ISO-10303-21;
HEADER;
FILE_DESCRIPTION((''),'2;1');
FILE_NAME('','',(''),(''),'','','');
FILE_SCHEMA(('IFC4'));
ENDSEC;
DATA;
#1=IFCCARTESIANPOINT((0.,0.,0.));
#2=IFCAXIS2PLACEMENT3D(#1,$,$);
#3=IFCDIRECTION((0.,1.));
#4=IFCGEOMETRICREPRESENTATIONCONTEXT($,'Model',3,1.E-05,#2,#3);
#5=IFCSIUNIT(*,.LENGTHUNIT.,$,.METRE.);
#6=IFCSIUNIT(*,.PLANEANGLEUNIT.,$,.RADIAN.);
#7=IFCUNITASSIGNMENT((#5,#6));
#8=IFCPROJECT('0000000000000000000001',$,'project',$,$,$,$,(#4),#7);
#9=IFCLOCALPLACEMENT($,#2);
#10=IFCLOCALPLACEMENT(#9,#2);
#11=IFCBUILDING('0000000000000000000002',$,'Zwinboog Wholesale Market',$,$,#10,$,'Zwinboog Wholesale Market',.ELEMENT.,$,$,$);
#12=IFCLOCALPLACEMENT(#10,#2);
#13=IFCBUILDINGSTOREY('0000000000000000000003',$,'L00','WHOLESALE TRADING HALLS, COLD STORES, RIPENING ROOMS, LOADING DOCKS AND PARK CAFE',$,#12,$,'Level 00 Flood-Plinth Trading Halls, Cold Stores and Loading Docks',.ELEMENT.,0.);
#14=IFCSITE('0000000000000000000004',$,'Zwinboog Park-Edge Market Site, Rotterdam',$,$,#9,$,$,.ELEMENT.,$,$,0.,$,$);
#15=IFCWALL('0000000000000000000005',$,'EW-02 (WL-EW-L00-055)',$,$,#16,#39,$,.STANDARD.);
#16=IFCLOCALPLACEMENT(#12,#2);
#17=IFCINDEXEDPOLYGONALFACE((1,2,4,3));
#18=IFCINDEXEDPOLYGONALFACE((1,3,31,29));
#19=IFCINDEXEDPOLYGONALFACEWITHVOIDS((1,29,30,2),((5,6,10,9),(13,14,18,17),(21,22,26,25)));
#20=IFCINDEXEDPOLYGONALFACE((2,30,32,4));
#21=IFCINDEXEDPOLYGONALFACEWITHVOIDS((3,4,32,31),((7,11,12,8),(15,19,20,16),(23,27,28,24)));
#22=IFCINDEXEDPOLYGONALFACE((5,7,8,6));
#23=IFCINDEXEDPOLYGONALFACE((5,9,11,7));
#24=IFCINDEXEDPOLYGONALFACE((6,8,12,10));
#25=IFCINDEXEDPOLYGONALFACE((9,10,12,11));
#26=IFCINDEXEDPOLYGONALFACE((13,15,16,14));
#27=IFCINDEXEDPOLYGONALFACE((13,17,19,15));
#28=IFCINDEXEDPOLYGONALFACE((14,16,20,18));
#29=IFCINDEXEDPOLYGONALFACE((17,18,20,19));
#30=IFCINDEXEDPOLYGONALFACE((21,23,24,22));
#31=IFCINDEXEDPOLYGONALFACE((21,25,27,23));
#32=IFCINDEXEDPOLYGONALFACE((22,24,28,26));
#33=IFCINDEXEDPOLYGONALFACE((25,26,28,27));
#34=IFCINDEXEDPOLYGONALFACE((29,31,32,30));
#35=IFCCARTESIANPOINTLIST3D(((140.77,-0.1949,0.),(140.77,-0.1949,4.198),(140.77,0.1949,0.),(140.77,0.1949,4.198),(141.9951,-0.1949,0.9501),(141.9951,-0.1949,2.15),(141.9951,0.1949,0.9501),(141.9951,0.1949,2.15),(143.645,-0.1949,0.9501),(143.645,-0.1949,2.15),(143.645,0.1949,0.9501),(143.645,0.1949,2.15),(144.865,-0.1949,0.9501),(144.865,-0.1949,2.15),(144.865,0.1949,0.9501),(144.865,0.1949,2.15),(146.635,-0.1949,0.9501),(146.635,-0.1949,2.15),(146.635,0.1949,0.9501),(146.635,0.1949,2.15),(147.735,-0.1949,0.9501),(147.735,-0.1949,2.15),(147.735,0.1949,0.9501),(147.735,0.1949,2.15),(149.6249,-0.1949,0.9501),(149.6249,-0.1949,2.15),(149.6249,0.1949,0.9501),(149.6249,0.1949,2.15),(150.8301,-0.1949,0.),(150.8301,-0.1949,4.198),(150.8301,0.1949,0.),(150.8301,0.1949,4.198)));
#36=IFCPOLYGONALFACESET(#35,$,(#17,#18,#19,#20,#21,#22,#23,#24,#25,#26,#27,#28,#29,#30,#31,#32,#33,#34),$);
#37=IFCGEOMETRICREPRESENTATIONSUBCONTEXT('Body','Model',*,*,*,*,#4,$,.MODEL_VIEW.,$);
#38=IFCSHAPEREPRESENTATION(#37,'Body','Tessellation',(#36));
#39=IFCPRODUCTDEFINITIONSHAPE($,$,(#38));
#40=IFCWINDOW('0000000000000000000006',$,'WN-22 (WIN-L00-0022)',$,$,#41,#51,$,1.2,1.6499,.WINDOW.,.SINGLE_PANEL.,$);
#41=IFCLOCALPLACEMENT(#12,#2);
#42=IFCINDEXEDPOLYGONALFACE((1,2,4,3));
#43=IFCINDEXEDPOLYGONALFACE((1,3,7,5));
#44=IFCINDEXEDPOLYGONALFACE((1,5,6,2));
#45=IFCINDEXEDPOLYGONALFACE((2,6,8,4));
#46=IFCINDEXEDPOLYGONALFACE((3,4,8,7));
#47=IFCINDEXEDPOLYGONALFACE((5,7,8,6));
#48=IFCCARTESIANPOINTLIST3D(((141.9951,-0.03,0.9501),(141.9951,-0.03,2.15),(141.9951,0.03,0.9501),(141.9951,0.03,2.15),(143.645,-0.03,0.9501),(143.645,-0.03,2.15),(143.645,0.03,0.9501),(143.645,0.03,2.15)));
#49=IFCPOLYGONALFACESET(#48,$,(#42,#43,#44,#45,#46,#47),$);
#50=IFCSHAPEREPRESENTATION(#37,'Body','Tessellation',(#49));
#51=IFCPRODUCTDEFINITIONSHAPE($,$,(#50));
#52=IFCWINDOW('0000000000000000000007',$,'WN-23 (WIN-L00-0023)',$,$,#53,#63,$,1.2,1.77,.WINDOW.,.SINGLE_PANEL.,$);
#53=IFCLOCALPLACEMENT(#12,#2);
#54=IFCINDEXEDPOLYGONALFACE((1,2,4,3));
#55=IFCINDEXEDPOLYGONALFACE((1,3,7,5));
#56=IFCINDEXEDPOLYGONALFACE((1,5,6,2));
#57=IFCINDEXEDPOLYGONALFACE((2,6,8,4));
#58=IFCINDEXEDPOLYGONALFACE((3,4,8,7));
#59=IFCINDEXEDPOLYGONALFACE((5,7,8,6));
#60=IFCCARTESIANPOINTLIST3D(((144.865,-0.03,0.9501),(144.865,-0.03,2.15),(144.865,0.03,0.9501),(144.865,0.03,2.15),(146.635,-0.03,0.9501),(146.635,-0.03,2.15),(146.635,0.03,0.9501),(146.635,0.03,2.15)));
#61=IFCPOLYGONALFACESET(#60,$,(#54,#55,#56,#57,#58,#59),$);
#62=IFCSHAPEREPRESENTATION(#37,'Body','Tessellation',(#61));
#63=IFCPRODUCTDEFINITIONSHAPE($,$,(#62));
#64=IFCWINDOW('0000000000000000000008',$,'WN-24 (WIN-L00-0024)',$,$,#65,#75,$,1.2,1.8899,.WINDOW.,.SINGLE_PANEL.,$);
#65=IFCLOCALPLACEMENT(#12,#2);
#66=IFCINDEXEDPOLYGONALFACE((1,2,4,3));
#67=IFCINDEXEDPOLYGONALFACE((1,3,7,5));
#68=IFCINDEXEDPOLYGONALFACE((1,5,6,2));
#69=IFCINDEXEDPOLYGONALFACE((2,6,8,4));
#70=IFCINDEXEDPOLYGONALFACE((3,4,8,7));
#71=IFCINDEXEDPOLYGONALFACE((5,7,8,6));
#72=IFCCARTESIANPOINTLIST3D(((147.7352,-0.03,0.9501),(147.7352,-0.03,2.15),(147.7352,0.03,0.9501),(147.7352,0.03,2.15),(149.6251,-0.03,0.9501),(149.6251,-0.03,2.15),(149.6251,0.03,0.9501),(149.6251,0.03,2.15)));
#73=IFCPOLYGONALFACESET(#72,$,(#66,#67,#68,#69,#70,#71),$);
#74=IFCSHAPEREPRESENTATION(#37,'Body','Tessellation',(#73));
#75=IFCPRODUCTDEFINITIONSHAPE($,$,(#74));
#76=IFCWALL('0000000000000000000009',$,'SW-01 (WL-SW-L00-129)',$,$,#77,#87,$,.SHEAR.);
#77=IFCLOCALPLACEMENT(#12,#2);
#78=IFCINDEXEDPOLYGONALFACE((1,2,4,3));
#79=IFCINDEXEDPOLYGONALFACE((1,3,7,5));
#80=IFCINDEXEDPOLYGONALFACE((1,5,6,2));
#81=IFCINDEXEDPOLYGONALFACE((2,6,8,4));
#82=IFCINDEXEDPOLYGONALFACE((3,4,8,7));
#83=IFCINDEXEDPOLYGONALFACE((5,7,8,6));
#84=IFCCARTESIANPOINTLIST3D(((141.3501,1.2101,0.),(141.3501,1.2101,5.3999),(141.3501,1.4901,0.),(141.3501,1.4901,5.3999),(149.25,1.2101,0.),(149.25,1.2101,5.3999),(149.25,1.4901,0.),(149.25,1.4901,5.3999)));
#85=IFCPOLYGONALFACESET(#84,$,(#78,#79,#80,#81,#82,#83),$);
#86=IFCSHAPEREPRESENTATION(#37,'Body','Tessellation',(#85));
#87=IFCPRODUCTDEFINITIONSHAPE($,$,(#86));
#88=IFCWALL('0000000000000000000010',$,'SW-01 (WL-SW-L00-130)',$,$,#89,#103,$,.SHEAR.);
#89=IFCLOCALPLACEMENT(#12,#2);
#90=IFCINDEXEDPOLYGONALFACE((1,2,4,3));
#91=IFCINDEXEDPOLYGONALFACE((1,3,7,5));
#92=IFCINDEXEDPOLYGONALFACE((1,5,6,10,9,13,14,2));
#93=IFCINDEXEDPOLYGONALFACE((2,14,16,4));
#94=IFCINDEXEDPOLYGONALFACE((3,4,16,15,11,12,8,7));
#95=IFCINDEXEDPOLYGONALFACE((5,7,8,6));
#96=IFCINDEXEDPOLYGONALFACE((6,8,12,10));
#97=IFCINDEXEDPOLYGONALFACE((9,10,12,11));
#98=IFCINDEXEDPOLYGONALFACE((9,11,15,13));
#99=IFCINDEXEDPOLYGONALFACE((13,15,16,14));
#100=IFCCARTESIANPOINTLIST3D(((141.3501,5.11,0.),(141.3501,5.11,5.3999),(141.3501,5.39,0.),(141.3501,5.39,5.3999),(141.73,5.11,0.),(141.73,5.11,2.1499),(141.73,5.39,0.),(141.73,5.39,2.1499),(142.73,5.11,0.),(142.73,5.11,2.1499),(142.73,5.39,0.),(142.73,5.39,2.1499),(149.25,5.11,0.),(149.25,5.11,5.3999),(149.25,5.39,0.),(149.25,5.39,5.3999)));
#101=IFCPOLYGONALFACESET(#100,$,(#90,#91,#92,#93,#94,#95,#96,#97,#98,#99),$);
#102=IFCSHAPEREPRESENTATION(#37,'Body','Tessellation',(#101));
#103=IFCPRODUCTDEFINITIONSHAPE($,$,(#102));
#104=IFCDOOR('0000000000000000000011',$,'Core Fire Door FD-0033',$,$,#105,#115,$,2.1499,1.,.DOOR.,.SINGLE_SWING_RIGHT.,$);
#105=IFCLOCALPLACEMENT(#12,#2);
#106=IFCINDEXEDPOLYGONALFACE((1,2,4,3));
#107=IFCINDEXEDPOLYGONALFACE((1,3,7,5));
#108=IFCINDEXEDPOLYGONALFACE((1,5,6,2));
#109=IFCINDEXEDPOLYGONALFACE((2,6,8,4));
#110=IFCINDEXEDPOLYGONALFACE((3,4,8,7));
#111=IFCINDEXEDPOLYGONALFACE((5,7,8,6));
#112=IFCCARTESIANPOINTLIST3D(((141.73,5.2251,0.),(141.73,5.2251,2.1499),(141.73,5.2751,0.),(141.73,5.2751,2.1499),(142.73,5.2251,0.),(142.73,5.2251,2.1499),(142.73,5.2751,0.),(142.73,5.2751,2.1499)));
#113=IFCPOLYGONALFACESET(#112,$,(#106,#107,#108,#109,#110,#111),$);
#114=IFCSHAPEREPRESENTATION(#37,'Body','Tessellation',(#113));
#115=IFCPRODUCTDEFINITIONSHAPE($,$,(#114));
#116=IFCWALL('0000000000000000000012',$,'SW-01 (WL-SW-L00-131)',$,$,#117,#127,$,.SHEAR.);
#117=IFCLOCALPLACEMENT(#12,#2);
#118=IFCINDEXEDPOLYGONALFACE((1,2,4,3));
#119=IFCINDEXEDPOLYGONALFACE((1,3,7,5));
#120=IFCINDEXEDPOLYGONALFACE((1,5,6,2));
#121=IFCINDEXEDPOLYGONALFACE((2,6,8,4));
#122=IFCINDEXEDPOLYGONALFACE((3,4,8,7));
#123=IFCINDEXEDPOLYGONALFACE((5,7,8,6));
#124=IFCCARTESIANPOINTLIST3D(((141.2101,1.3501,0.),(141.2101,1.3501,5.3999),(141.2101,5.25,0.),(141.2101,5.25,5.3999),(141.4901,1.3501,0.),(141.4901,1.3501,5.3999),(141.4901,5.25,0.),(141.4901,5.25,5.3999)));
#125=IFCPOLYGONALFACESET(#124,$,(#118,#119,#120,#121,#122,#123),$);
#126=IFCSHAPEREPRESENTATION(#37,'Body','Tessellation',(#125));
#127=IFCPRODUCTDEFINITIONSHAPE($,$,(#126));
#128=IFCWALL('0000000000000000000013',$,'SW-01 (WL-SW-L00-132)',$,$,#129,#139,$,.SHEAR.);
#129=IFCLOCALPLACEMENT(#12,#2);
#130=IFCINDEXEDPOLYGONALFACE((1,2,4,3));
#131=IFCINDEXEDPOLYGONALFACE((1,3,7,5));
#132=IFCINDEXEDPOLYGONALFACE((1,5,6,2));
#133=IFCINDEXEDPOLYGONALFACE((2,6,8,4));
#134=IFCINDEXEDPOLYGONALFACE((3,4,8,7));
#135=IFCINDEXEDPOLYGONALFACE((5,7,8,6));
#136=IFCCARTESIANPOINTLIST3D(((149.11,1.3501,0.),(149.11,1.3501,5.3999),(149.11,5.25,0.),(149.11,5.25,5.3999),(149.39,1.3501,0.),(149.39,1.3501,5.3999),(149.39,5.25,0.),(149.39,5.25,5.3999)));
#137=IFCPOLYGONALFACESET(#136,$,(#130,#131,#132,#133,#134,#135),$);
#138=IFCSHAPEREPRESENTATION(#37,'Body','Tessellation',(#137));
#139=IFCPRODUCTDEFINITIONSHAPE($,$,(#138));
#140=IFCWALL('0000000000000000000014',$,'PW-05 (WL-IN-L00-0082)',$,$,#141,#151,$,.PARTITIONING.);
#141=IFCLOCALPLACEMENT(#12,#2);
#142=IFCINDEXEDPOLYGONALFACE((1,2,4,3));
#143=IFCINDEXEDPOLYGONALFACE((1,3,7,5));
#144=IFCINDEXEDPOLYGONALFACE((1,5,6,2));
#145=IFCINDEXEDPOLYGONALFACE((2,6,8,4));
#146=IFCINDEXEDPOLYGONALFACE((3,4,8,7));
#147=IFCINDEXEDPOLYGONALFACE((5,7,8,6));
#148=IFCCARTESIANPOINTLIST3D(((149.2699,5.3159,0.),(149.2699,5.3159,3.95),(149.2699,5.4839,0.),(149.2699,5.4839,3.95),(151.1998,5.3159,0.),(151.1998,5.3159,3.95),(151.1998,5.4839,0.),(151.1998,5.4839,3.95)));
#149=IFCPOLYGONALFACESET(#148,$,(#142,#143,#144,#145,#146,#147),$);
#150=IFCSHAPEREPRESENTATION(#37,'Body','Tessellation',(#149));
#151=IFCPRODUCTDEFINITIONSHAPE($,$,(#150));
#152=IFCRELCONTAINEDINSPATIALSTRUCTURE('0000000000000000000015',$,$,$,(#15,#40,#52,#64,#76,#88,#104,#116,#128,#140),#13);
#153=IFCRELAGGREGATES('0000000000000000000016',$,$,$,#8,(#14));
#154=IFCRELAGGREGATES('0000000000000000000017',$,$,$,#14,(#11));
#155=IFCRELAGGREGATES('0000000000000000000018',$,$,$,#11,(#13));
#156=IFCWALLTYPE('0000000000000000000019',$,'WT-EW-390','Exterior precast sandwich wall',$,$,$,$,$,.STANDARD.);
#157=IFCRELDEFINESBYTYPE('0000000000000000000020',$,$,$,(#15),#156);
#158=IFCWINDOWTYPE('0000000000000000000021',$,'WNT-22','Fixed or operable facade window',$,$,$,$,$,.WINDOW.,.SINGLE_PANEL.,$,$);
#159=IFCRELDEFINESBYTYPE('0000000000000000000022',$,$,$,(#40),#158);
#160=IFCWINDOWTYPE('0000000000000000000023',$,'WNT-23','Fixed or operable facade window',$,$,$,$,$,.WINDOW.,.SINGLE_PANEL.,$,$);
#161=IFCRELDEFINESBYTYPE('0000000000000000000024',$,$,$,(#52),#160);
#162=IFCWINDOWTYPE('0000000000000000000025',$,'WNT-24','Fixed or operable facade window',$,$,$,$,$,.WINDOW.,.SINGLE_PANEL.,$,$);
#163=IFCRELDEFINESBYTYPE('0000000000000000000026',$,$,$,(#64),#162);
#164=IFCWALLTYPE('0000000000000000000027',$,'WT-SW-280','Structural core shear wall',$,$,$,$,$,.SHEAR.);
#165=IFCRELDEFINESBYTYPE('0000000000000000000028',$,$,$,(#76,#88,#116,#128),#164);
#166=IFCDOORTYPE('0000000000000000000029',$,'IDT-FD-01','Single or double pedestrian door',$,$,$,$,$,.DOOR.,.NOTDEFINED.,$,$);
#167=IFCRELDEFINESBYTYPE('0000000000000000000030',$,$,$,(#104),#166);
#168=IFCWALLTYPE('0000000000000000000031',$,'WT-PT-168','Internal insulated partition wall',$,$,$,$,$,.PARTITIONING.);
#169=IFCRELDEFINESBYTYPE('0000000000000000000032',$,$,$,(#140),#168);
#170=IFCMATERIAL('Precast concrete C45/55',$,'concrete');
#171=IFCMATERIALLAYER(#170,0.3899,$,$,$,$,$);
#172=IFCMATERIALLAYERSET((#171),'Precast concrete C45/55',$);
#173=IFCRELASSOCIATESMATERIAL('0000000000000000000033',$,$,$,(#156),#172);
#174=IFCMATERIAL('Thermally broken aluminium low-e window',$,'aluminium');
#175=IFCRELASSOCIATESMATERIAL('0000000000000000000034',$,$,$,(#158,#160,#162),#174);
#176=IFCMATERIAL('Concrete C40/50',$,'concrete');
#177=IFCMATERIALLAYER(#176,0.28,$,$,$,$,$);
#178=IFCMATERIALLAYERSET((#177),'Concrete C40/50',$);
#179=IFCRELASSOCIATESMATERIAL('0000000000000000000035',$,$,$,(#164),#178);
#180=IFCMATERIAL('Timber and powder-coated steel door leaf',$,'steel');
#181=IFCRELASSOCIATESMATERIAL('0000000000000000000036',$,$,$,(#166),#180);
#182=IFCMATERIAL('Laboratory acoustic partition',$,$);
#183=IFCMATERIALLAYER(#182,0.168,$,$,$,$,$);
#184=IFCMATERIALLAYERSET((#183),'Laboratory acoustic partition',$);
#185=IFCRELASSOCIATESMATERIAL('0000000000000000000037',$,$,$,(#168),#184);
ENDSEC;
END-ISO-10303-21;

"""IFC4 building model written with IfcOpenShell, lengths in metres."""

from ifc_helpers import new_model, si_unit, direction, frame, frame_2d, origin, place, context, subcontext, project, spatial, rectangle, extrude, material, layer, layer_set, type_object, element, fill, save


model = new_model("IFC4")

# Units and contexts
model_context = context("Model", 3, precision=1e-05, world=origin(), true_north=direction((0.0, 1.0)))
body_context = subcontext(model_context, "Body", "Model", "MODEL_VIEW")
ifc_project = project(units=[si_unit("LENGTHUNIT", "METRE"), si_unit("PLANEANGLEUNIT", "RADIAN")], contexts=[model_context])

# Site, building, storey
site_placement = place(None, origin())
site = spatial("IfcSite", under=ifc_project, at=site_placement, Name="Zwinboog Park-Edge Market Site, Rotterdam", CompositionType="ELEMENT", RefElevation=0.0)
building_placement = place(site_placement, origin())
building = spatial("IfcBuilding", under=site, at=building_placement, Name="Zwinboog Wholesale Market", LongName="Zwinboog Wholesale Market", CompositionType="ELEMENT")
storey_placement = place(building_placement, origin())
storey = spatial("IfcBuildingStorey", under=building, at=storey_placement, Name="L00", Description="WHOLESALE TRADING HALLS, COLD STORES, RIPENING ROOMS, LOADING DOCKS AND PARK CAFE", LongName="Level 00 Flood-Plinth Trading Halls, Cold Stores and Loading Docks", CompositionType="ELEMENT", Elevation=0.0)

# Shared definitions
ifc_material_1 = material(Name="Concrete C40/50", Category="concrete")

# Shared definitions
ifc_material_2 = material(Name="Precast concrete C45/55", Category="concrete")

# Wall, openings, windows
ifc_layer_1 = layer(ifc_material_2, 0.3899)
ifc_layer_set_1 = layer_set([ifc_layer_1], Name="Precast concrete C45/55")
wall_type_1 = type_object("IfcWallType", Name="WT-EW-390", Description="Exterior precast sandwich wall", PredefinedType="STANDARD", material=ifc_layer_set_1)
wall_1_placement = place(storey_placement, frame((140.77, 0.0, 0.0), z_axis=(0.0, 0.0, 1.0), x_axis=(1.0, 0.0, 0.0)))
wall_1 = element("IfcWall", 1, at=wall_1_placement, inside=storey, type_object=wall_type_1, Name="EW-02 (WL-EW-L00-055)", PredefinedType="STANDARD", context=body_context, shape_type="SweptSolid", body=[
    extrude(rectangle(XDim=10.0601, YDim=0.3899, at=frame_2d((5.03, 0.0))), origin(), (0.0, 0.0, 1.0), 4.198),
])
opening_1_placement = place(wall_1_placement, frame((1.2251, 0.0, 0.95)))
opening_1 = element("IfcOpeningElement", 2, at=opening_1_placement, cuts=wall_1, PredefinedType="OPENING", context=body_context, shape_type="SweptSolid", body=[
    extrude(rectangle(XDim=1.6499, YDim=1.2, at=frame_2d((0.825, 0.6001))), frame((0.0, 0.2048, 0.0), z_axis=(0.0, -1.0, 0.0), x_axis=(1.0, 0.0, 0.0)), (0.0, 0.0, 1.0), 0.4099),
])
opening_2_placement = place(wall_1_placement, frame((4.095, 0.0, 0.95)))
opening_2 = element("IfcOpeningElement", 3, at=opening_2_placement, cuts=wall_1, PredefinedType="OPENING", context=body_context, shape_type="SweptSolid", body=[
    extrude(rectangle(XDim=1.77, YDim=1.2, at=frame_2d((0.885, 0.6001))), frame((0.0, 0.2048, 0.0), z_axis=(0.0, -1.0, 0.0), x_axis=(1.0, 0.0, 0.0)), (0.0, 0.0, 1.0), 0.4099),
])
opening_3_placement = place(wall_1_placement, frame((6.9651, 0.0, 0.95)))
opening_3 = element("IfcOpeningElement", 4, at=opening_3_placement, cuts=wall_1, PredefinedType="OPENING", context=body_context, shape_type="SweptSolid", body=[
    extrude(rectangle(XDim=1.8899, YDim=1.2, at=frame_2d((0.9448, 0.6001))), frame((0.0, 0.2048, 0.0), z_axis=(0.0, -1.0, 0.0), x_axis=(1.0, 0.0, 0.0)), (0.0, 0.0, 1.0), 0.4099),
])
ifc_material_3 = material(Name="Thermally broken aluminium low-e window", Category="aluminium")
window_type_1 = type_object("IfcWindowType", Name="WNT-22", Description="Fixed or operable facade window", PartitioningType="SINGLE_PANEL", PredefinedType="WINDOW", material=ifc_material_3)
window_1_placement = place(opening_1_placement, frame((1.6499, 0.0, 0.0), z_axis=(0.0, 0.0, 1.0), x_axis=(-1.0, 0.0, 0.0)))
window_1 = element("IfcWindow", 5, at=window_1_placement, inside=storey, type_object=window_type_1, Name="WN-22 (WIN-L00-0022)", OverallHeight=1.2, OverallWidth=1.6499, PartitioningType="SINGLE_PANEL", PredefinedType="WINDOW", context=body_context, shape_type="SweptSolid", body=[
    extrude(rectangle(XDim=1.6499, YDim=1.2, at=frame_2d((0.825, 0.6001))), frame((0.0, 0.03, 0.0), z_axis=(0.0, -1.0, 0.0), x_axis=(1.0, 0.0, 0.0)), (0.0, 0.0, 1.0), 0.0601),
])
fill(opening_1, window_1)
window_type_2 = type_object("IfcWindowType", Name="WNT-23", Description="Fixed or operable facade window", PartitioningType="SINGLE_PANEL", PredefinedType="WINDOW", material=ifc_material_3)
window_2_placement = place(opening_2_placement, frame((1.77, 0.0, 0.0), z_axis=(0.0, 0.0, 1.0), x_axis=(-1.0, 0.0, 0.0)))
window_2 = element("IfcWindow", 6, at=window_2_placement, inside=storey, type_object=window_type_2, Name="WN-23 (WIN-L00-0023)", OverallHeight=1.2, OverallWidth=1.77, PartitioningType="SINGLE_PANEL", PredefinedType="WINDOW", context=body_context, shape_type="SweptSolid", body=[
    extrude(rectangle(XDim=1.77, YDim=1.2, at=frame_2d((0.885, 0.6001))), frame((0.0, 0.03, 0.0), z_axis=(0.0, -1.0, 0.0), x_axis=(1.0, 0.0, 0.0)), (0.0, 0.0, 1.0), 0.0601),
])
fill(opening_2, window_2)
window_type_3 = type_object("IfcWindowType", Name="WNT-24", Description="Fixed or operable facade window", PartitioningType="SINGLE_PANEL", PredefinedType="WINDOW", material=ifc_material_3)
window_3_placement = place(opening_3_placement, frame((1.8899, 0.0, 0.0), z_axis=(0.0, 0.0, 1.0), x_axis=(-1.0, 0.0, 0.0)))
window_3 = element("IfcWindow", 7, at=window_3_placement, inside=storey, type_object=window_type_3, Name="WN-24 (WIN-L00-0024)", OverallHeight=1.2, OverallWidth=1.8899, PartitioningType="SINGLE_PANEL", PredefinedType="WINDOW", context=body_context, shape_type="SweptSolid", body=[
    extrude(rectangle(XDim=1.8899, YDim=1.2, at=frame_2d((0.9448, 0.6001))), frame((0.0, 0.03, 0.0), z_axis=(0.0, -1.0, 0.0), x_axis=(1.0, 0.0, 0.0)), (0.0, 0.0, 1.0), 0.0601),
])
fill(opening_3, window_3)

# Wall
ifc_layer_2 = layer(ifc_material_1, 0.28)
ifc_layer_set_2 = layer_set([ifc_layer_2], Name="Concrete C40/50")
wall_type_2 = type_object("IfcWallType", Name="WT-SW-280", Description="Structural core shear wall", PredefinedType="SHEAR", material=ifc_layer_set_2)
wall_2_placement = place(storey_placement, frame((141.3501, 1.3501, 0.0), z_axis=(0.0, 0.0, 1.0), x_axis=(1.0, 0.0, 0.0)))
element("IfcWall", 8, at=wall_2_placement, inside=storey, type_object=wall_type_2, Name="SW-01 (WL-SW-L00-129)", PredefinedType="SHEAR", context=body_context, shape_type="SweptSolid", body=[
    extrude(rectangle(XDim=7.8999, YDim=0.28, at=frame_2d((3.95, 0.0))), origin(), (0.0, 0.0, 1.0), 5.3999),
])

# Wall, opening, door
wall_3_placement = place(storey_placement, frame((141.3501, 5.25, 0.0), z_axis=(0.0, 0.0, 1.0), x_axis=(1.0, 0.0, 0.0)))
wall_3 = element("IfcWall", 9, at=wall_3_placement, inside=storey, type_object=wall_type_2, Name="SW-01 (WL-SW-L00-130)", PredefinedType="SHEAR", context=body_context, shape_type="SweptSolid", body=[
    extrude(rectangle(XDim=7.8999, YDim=0.28, at=frame_2d((3.95, 0.0))), origin(), (0.0, 0.0, 1.0), 5.3999),
])
opening_4_placement = place(wall_3_placement, frame((0.3799, 0.0, 0.0)))
opening_4 = element("IfcOpeningElement", 10, at=opening_4_placement, cuts=wall_3, PredefinedType="OPENING", context=body_context, shape_type="SweptSolid", body=[
    extrude(rectangle(XDim=1.0, YDim=2.1499, at=frame_2d((0.5, 1.075))), frame((0.0, 0.1499, 0.0), z_axis=(0.0, -1.0, 0.0), x_axis=(1.0, 0.0, 0.0)), (0.0, 0.0, 1.0), 0.3),
])
ifc_material_4 = material(Name="Timber and powder-coated steel door leaf", Category="steel")
door_type = type_object("IfcDoorType", Name="IDT-FD-01", Description="Single or double pedestrian door", OperationType="NOTDEFINED", PredefinedType="DOOR", material=ifc_material_4)
door_placement = place(opening_4_placement, frame((1.0, 0.0, 0.0), z_axis=(0.0, 0.0, 1.0), x_axis=(-1.0, 0.0, 0.0)))
door = element("IfcDoor", 11, at=door_placement, inside=storey, type_object=door_type, Name="Core Fire Door FD-0033", OperationType="SINGLE_SWING_RIGHT", OverallHeight=2.1499, OverallWidth=1.0, PredefinedType="DOOR", context=body_context, shape_type="SweptSolid", body=[
    extrude(rectangle(XDim=1.0, YDim=2.1499, at=frame_2d((0.5, 1.075))), frame((0.0, 0.0249, 0.0), z_axis=(0.0, -1.0, 0.0), x_axis=(1.0, 0.0, 0.0)), (0.0, 0.0, 1.0), 0.05),
])
fill(opening_4, door)

# Walls
for number, where, z_axis, x_axis, name in (
    (12, (141.3501, 1.3501, 0.0), (0.0, 0.0, 1.0), (0.0, 1.0, 0.0), "SW-01 (WL-SW-L00-131)"),
    (13, (149.25, 1.3501, 0.0), (0.0, 0.0, 1.0), (0.0, 1.0, 0.0), "SW-01 (WL-SW-L00-132)"),
):
    element("IfcWall", number, at=place(storey_placement, frame(where, z_axis=z_axis, x_axis=x_axis)), inside=storey, type_object=wall_type_2, Name=name, PredefinedType="SHEAR", context=body_context, shape_type="SweptSolid", body=[
        extrude(rectangle(XDim=3.8999, YDim=0.28, at=frame_2d((1.95, 0.0))), origin(), (0.0, 0.0, 1.0), 5.3999),
    ])
ifc_material_5 = material(Name="Laboratory acoustic partition")
ifc_layer_3 = layer(ifc_material_5, 0.168)
ifc_layer_set_3 = layer_set([ifc_layer_3], Name="Laboratory acoustic partition")
wall_type_3 = type_object("IfcWallType", Name="WT-PT-168", Description="Internal insulated partition wall", PredefinedType="PARTITIONING", material=ifc_layer_set_3)
wall_4_placement = place(storey_placement, frame((149.27, 5.3999, 0.0), z_axis=(0.0, 0.0, 1.0), x_axis=(1.0, 0.0, 0.0)))
element("IfcWall", 14, at=wall_4_placement, inside=storey, type_object=wall_type_3, Name="PW-05 (WL-IN-L00-0082)", PredefinedType="PARTITIONING", context=body_context, shape_type="SweptSolid", body=[
    extrude(rectangle(XDim=1.9299, YDim=0.168, at=frame_2d((0.9648, 0.0))), origin(), (0.0, 0.0, 1.0), 3.95),
])

save(model, "model.ifc")
